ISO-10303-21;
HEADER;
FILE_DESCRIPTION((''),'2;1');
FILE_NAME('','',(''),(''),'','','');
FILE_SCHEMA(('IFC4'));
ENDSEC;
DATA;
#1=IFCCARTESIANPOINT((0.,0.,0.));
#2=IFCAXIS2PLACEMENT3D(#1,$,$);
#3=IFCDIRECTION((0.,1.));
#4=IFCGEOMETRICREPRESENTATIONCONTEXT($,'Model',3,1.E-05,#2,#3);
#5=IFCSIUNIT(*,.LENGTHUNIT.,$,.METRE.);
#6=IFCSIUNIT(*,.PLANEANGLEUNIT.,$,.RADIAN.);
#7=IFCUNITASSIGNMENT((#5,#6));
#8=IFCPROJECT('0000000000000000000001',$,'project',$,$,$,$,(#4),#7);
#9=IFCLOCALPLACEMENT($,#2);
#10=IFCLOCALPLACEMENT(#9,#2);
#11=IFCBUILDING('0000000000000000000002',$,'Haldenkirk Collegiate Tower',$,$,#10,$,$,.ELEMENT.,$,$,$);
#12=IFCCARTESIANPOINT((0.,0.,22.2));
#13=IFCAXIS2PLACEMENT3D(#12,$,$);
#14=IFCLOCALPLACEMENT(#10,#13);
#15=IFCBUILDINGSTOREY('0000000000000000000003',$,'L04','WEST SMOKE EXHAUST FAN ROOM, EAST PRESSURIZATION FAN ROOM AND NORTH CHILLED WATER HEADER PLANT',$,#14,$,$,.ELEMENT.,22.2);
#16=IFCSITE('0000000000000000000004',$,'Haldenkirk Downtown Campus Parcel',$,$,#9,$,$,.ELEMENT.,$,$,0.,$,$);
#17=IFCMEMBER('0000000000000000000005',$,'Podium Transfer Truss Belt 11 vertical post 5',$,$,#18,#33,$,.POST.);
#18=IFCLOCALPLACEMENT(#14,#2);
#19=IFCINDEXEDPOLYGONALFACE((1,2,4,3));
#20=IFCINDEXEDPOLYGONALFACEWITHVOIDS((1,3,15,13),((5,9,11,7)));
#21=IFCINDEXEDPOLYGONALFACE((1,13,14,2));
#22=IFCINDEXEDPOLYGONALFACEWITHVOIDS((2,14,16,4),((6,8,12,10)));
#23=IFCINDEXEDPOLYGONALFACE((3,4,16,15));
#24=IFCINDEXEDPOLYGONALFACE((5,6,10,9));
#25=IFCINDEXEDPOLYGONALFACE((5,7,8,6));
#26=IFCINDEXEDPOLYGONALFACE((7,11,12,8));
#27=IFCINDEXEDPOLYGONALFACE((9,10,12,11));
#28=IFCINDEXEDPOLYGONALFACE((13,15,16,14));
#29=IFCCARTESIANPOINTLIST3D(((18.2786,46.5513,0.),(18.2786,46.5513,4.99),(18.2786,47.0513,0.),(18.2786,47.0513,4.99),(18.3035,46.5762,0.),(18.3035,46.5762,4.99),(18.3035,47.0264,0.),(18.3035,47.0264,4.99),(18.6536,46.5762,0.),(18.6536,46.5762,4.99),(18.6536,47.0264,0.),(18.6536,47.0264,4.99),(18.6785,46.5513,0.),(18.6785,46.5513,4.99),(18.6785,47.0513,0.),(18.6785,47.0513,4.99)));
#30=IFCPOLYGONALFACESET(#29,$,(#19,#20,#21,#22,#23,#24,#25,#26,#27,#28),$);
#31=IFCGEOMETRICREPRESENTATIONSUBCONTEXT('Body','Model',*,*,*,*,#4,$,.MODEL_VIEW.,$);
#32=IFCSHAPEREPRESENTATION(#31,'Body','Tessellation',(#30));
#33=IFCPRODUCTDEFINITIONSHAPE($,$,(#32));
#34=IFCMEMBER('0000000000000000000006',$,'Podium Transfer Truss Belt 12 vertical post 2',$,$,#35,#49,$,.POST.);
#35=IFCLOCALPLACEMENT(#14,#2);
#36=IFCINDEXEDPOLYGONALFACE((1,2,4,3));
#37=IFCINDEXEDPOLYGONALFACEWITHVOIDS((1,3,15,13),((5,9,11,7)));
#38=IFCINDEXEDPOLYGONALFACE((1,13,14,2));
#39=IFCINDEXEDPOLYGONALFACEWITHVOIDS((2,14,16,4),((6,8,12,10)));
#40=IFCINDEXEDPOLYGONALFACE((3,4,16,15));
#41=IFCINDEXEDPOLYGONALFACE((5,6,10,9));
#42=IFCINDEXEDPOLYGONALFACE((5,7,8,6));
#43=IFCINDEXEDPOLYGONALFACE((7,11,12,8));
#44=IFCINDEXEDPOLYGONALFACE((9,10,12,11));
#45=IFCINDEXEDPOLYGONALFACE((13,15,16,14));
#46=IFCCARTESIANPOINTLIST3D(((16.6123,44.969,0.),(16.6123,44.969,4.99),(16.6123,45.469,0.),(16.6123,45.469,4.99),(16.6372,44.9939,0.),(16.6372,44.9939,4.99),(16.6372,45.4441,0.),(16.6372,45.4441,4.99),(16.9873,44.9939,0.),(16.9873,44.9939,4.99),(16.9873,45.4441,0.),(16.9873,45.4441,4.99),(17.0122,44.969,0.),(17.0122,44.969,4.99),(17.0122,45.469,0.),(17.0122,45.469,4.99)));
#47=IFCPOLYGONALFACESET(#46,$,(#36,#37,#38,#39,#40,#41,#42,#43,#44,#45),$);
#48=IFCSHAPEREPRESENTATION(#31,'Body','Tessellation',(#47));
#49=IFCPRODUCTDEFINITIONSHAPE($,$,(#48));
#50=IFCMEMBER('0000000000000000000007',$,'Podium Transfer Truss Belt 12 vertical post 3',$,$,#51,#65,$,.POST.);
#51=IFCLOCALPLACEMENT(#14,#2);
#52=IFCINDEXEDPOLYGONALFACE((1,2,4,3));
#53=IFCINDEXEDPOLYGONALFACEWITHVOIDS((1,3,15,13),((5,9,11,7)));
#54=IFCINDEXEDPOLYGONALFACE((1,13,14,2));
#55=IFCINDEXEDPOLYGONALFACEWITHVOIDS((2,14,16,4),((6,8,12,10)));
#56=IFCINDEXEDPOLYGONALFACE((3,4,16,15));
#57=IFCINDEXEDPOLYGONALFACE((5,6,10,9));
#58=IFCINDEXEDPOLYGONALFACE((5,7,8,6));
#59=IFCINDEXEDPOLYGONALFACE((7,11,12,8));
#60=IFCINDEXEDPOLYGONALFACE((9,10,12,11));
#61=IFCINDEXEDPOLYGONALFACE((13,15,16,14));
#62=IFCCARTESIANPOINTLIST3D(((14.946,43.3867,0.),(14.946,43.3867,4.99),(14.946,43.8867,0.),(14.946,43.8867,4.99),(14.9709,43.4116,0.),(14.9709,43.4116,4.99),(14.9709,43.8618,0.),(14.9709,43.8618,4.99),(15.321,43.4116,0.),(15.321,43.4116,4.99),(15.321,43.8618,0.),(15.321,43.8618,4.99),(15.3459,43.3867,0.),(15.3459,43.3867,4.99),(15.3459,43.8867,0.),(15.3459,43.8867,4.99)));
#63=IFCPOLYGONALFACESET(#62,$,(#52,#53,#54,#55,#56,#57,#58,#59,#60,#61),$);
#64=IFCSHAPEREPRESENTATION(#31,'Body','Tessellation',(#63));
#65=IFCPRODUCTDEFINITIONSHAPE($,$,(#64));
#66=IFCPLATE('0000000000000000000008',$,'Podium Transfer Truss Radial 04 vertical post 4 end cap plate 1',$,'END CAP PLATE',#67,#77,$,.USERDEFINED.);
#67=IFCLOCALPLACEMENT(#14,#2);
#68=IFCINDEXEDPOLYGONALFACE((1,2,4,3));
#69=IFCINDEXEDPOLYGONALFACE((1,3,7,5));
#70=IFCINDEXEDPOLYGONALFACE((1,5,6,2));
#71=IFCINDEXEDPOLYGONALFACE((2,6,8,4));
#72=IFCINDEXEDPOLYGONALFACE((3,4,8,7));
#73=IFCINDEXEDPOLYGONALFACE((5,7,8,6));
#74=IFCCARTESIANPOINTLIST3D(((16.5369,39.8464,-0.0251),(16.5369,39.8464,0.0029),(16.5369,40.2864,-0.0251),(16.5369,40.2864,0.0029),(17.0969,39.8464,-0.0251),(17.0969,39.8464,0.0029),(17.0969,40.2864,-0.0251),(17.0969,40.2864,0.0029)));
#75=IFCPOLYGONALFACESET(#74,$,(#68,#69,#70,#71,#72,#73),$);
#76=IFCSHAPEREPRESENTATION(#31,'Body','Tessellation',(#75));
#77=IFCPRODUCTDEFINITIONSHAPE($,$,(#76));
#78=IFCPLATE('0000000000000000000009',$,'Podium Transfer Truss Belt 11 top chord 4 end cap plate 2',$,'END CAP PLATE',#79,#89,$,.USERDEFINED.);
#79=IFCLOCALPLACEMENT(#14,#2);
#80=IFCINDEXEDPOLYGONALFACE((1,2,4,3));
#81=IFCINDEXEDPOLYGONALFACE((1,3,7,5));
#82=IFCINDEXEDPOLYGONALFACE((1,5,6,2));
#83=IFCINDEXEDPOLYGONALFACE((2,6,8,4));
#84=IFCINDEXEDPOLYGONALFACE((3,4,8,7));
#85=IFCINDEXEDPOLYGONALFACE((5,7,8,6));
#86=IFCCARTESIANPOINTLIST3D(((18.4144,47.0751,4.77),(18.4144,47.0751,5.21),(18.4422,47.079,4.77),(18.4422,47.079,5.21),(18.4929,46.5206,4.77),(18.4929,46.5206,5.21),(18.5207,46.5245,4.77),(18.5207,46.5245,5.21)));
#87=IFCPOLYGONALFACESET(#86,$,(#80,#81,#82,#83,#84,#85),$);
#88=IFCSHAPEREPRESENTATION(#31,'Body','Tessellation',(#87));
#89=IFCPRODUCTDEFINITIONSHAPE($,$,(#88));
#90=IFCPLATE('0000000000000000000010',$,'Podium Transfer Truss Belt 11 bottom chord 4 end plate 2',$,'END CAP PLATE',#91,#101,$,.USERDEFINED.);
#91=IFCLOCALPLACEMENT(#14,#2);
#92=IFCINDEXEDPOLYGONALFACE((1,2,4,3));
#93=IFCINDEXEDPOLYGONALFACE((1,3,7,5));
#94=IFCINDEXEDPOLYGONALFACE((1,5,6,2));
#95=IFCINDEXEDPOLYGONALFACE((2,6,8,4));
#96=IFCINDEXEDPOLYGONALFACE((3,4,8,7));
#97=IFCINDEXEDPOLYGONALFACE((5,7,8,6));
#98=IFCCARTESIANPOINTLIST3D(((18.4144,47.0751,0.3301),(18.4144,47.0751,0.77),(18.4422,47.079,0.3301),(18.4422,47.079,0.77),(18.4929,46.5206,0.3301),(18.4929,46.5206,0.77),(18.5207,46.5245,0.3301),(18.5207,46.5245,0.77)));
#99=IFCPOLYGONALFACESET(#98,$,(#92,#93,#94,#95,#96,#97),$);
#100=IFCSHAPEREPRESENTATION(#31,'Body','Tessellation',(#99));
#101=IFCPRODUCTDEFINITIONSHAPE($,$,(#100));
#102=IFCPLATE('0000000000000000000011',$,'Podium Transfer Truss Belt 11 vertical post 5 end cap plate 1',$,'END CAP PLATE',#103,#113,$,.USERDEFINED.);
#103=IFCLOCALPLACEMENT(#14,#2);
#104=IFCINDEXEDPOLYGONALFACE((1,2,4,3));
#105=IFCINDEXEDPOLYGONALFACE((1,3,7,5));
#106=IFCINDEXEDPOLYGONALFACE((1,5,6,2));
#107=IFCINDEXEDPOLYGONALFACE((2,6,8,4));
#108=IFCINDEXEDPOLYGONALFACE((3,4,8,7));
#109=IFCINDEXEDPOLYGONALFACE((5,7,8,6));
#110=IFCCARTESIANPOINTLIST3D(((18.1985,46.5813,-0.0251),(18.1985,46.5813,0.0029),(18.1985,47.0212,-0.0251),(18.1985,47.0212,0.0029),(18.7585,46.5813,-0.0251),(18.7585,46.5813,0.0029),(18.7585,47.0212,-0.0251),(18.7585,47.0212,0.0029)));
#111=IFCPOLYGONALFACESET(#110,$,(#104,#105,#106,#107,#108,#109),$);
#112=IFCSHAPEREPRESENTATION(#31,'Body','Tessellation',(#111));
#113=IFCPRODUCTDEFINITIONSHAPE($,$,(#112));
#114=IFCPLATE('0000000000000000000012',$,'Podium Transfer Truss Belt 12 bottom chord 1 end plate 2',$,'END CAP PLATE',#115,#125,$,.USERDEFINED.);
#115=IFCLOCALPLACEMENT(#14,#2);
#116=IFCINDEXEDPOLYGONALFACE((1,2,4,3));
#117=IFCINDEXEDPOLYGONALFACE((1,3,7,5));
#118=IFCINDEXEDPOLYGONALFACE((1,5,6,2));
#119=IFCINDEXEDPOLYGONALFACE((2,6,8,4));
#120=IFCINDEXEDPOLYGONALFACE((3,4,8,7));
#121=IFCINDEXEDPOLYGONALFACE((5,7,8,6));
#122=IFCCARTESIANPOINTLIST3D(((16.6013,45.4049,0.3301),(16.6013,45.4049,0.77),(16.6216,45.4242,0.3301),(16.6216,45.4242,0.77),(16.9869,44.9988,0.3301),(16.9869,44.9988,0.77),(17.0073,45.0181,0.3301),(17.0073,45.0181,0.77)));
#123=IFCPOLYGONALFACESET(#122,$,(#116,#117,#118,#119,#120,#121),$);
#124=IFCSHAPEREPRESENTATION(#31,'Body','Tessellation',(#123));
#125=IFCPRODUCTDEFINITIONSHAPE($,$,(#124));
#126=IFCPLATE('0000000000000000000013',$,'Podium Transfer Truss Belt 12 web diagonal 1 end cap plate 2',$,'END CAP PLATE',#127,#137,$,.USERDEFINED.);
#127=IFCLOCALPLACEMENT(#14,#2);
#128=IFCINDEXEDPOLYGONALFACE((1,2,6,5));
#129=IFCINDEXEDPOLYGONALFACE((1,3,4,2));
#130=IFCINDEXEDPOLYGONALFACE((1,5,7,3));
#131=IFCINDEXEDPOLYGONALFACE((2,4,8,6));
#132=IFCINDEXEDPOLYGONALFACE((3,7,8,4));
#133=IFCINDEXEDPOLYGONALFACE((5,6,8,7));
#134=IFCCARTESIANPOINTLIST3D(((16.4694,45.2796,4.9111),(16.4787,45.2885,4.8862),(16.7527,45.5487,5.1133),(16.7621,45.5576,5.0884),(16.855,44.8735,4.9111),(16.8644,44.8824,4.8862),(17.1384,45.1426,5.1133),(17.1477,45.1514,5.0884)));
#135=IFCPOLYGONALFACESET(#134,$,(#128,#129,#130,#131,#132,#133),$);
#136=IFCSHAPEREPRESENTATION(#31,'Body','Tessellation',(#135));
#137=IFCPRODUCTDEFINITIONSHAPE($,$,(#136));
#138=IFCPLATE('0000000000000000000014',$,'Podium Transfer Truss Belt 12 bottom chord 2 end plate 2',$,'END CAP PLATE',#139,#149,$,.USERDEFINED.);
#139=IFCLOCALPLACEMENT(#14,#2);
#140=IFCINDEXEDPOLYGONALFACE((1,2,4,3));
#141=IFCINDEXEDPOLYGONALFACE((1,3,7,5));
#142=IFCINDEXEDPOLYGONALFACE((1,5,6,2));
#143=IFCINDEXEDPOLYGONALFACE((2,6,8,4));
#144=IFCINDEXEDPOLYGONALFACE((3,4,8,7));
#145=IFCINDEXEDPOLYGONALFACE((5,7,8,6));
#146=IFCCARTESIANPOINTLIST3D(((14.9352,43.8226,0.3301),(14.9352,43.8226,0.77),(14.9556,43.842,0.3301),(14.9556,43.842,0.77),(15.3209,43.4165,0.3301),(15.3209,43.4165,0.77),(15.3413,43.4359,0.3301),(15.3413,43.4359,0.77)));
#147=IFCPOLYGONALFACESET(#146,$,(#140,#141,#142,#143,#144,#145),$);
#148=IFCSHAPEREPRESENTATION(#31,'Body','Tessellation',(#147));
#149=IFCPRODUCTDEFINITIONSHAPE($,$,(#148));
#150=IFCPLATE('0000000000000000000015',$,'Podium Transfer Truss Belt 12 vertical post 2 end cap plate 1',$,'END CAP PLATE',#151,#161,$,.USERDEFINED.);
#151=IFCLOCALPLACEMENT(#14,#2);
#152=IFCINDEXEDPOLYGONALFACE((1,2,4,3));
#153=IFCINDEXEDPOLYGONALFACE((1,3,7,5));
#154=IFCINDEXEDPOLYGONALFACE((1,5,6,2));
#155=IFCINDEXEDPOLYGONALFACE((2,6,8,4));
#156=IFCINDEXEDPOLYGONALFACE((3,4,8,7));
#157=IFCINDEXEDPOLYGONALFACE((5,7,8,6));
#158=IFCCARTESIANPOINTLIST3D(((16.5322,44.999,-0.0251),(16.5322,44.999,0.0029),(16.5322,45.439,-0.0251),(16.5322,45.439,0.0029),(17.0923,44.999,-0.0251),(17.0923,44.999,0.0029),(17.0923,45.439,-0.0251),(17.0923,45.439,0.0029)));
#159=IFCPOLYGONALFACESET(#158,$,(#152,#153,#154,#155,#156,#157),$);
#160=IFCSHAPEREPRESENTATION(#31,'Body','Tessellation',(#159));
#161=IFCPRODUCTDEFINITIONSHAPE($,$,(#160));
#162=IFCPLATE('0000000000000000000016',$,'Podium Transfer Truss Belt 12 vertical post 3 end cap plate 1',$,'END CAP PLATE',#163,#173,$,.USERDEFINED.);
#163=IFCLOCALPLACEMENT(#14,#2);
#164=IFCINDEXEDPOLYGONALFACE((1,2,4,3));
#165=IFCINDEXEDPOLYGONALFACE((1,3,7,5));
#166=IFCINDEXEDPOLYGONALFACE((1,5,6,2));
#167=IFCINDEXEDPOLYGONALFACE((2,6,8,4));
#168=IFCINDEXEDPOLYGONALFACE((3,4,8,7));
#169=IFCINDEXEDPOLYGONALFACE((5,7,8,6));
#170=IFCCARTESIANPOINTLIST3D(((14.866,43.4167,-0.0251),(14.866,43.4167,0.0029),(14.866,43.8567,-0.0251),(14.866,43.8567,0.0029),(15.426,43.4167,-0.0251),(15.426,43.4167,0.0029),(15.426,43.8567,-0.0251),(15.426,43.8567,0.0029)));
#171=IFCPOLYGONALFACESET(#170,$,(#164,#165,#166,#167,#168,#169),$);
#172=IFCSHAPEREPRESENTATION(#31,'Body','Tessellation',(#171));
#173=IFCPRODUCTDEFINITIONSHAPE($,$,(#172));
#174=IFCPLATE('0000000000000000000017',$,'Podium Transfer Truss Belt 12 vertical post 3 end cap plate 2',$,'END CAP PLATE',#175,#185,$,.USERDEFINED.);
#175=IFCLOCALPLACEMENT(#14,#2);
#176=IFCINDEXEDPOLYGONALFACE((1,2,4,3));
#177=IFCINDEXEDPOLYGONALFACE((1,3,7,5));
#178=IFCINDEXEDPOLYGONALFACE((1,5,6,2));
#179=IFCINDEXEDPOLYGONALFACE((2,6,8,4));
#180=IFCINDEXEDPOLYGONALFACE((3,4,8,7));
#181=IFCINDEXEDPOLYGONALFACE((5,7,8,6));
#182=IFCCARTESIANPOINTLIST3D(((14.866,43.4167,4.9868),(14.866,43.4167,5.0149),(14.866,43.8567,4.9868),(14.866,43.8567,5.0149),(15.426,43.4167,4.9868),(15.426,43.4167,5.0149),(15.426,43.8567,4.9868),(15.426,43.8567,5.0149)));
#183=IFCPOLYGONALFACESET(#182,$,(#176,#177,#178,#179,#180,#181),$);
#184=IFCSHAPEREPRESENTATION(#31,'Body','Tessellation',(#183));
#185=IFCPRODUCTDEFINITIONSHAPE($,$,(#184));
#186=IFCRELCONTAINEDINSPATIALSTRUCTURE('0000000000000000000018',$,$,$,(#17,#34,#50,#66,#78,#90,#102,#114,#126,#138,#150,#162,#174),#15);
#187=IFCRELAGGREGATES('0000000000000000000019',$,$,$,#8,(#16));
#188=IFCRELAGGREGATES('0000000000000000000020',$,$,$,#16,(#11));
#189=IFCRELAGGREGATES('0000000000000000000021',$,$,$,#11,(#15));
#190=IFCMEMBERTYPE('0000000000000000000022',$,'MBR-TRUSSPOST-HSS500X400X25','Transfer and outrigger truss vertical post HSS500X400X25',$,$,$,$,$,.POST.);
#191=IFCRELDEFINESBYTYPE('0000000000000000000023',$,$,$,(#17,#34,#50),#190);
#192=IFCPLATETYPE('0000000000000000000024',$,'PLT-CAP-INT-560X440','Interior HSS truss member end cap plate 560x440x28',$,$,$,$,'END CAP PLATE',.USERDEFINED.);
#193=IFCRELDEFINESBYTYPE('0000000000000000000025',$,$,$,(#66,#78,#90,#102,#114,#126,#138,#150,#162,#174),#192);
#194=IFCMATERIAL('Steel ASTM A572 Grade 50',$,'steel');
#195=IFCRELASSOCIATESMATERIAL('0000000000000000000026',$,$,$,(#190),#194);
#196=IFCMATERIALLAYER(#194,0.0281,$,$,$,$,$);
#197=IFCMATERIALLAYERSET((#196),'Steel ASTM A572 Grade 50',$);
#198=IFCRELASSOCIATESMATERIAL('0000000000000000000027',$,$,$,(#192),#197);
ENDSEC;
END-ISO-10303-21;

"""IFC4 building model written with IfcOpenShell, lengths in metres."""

from ifc_helpers import new_model, si_unit, direction, frame, origin, origin_2d, place, context, subcontext, project, spatial, rectangle, hollow_rectangle, extrude, source, transform, mapped, material, layer, layer_set, material_profile, profile_set, type_object, element, save


model = new_model("IFC4")

# Units and contexts
model_context = context("Model", 3, precision=1e-05, world=origin(), true_north=direction((0.0, 1.0)))
body_context = subcontext(model_context, "Body", "Model", "MODEL_VIEW")
ifc_project = project(units=[si_unit("LENGTHUNIT", "METRE"), si_unit("PLANEANGLEUNIT", "RADIAN")], contexts=[model_context])

# Site, building, storey
site_placement = place(None, origin())
site = spatial("IfcSite", under=ifc_project, at=site_placement, Name="Haldenkirk Downtown Campus Parcel", CompositionType="ELEMENT", RefElevation=0.0)
building_placement = place(site_placement, origin())
building = spatial("IfcBuilding", under=site, at=building_placement, Name="Haldenkirk Collegiate Tower", CompositionType="ELEMENT")
storey_placement = place(building_placement, frame((0.0, 0.0, 22.2)))
storey = spatial("IfcBuildingStorey", under=building, at=storey_placement, Name="L04", Description="WEST SMOKE EXHAUST FAN ROOM, EAST PRESSURIZATION FAN ROOM AND NORTH CHILLED WATER HEADER PLANT", CompositionType="ELEMENT", Elevation=22.2)

# Members
ifc_material_1 = material(Name="Steel ASTM A572 Grade 50", Category="steel")
ifc_material_profile_1 = material_profile(ifc_material_1, hollow_rectangle(XDim=0.3999, YDim=0.5, WallThickness=0.0249, at=origin_2d()), Name="HSS500X400X25")
ifc_profile_set_1 = profile_set([ifc_material_profile_1], Name="Steel ASTM A572 Grade 50")
member_type_1 = type_object("IfcMemberType", Name="MBR-TRUSSPOST-HSS500X400X25", Description="Transfer and outrigger truss vertical post HSS500X400X25", PredefinedType="POST", material=ifc_profile_set_1)
for number, where, z_axis, x_axis, name in (
    (1, (18.4785, 46.8013, 0.0), (0.0, 0.0, 1.0), (1.0, 0.0, 0.0), "Podium Transfer Truss Belt 11 vertical post 5"),
    (2, (16.8123, 45.219, 0.0), (0.0, 0.0, 1.0), (1.0, 0.0, 0.0), "Podium Transfer Truss Belt 12 vertical post 2"),
    (3, (15.146, 43.6367, 0.0), (0.0, 0.0, 1.0), (1.0, 0.0, 0.0), "Podium Transfer Truss Belt 12 vertical post 3"),
):
    element("IfcMember", number, at=place(storey_placement, frame(where, z_axis=z_axis, x_axis=x_axis)), inside=storey, type_object=member_type_1, Name=name, PredefinedType="POST", context=body_context, shape_type="SweptSolid", body=[
        extrude(hollow_rectangle(XDim=0.3999, YDim=0.5, WallThickness=0.0249, at=origin_2d()), origin(), (0.0, 0.0, 1.0), 4.99),
    ])

# Plates
ifc_layer = layer(ifc_material_1, 0.0281)
ifc_layer_set = layer_set([ifc_layer], Name="Steel ASTM A572 Grade 50")
plate_type = type_object("IfcPlateType", Name="PLT-CAP-INT-560X440", Description="Interior HSS truss member end cap plate 560x440x28", ElementType="END CAP PLATE", PredefinedType="USERDEFINED", material=ifc_layer_set)
shared_shape = source(origin(), body_context, "Body", "SweptSolid", [
    extrude(rectangle(XDim=0.5601, YDim=0.4399, at=origin_2d()), origin(), (0.0, 0.0, 1.0), 0.0281),
])
for number, where, z_axis, x_axis, name in (
    (4, (16.8169, 40.0664, 0.0029), (0.0, 0.0, -1.0), (1.0, 0.0, 0.0), "Podium Transfer Truss Radial 04 vertical post 4 end cap plate 1"),
    (5, (18.4814, 46.8018, 4.99), (-0.990146, -0.14004, 0.0), (0.14004, -0.990146, 0.0), "Podium Transfer Truss Belt 11 top chord 4 end cap plate 2"),
    (6, (18.4814, 46.8018, 0.55), (-0.990146, -0.140039, 0.0), (0.140039, -0.990146, 0.0), "Podium Transfer Truss Belt 11 bottom chord 4 end plate 2"),
    (7, (18.4785, 46.8013, 0.0029), (0.0, 0.0, -1.0), (1.0, 0.0, 0.0), "Podium Transfer Truss Belt 11 vertical post 5 end cap plate 1"),
    (8, (16.8145, 45.2212, 0.55), (-0.725128, -0.688614, 0.0), (0.688614, -0.725128, 0.0), "Podium Transfer Truss Belt 12 bottom chord 1 end plate 2"),
    (9, (16.8132, 45.22, 4.9873), (-0.333283, -0.316501, 0.888116), (0.688614, -0.725128, 0.0), "Podium Transfer Truss Belt 12 web diagonal 1 end cap plate 2"),
    (10, (15.1484, 43.6389, 0.55), (-0.725128, -0.688614, 0.0), (0.688614, -0.725128, 0.0), "Podium Transfer Truss Belt 12 bottom chord 2 end plate 2"),
    (11, (16.8123, 45.219, 0.0029), (0.0, 0.0, -1.0), (1.0, 0.0, 0.0), "Podium Transfer Truss Belt 12 vertical post 2 end cap plate 1"),
    (12, (15.146, 43.6367, 0.0029), (0.0, 0.0, -1.0), (1.0, 0.0, 0.0), "Podium Transfer Truss Belt 12 vertical post 3 end cap plate 1"),
    (13, (15.146, 43.6367, 4.9868), (0.0, 0.0, 1.0), (1.0, 0.0, 0.0), "Podium Transfer Truss Belt 12 vertical post 3 end cap plate 2"),
):
    element("IfcPlate", number, at=place(storey_placement, frame(where, z_axis=z_axis, x_axis=x_axis)), inside=storey, type_object=plate_type, Name=name, ObjectType="END CAP PLATE", PredefinedType="USERDEFINED", context=body_context, shape_type="MappedRepresentation", body=[
        mapped(shared_shape, transform((0.0, 0.0, 0.0), x_axis=(1.0, 0.0, 0.0), y_axis=(0.0, 1.0, 0.0), z_axis=(0.0, 0.0, 1.0), scale=1.0)),
    ])

save(model, "model.ifc")
